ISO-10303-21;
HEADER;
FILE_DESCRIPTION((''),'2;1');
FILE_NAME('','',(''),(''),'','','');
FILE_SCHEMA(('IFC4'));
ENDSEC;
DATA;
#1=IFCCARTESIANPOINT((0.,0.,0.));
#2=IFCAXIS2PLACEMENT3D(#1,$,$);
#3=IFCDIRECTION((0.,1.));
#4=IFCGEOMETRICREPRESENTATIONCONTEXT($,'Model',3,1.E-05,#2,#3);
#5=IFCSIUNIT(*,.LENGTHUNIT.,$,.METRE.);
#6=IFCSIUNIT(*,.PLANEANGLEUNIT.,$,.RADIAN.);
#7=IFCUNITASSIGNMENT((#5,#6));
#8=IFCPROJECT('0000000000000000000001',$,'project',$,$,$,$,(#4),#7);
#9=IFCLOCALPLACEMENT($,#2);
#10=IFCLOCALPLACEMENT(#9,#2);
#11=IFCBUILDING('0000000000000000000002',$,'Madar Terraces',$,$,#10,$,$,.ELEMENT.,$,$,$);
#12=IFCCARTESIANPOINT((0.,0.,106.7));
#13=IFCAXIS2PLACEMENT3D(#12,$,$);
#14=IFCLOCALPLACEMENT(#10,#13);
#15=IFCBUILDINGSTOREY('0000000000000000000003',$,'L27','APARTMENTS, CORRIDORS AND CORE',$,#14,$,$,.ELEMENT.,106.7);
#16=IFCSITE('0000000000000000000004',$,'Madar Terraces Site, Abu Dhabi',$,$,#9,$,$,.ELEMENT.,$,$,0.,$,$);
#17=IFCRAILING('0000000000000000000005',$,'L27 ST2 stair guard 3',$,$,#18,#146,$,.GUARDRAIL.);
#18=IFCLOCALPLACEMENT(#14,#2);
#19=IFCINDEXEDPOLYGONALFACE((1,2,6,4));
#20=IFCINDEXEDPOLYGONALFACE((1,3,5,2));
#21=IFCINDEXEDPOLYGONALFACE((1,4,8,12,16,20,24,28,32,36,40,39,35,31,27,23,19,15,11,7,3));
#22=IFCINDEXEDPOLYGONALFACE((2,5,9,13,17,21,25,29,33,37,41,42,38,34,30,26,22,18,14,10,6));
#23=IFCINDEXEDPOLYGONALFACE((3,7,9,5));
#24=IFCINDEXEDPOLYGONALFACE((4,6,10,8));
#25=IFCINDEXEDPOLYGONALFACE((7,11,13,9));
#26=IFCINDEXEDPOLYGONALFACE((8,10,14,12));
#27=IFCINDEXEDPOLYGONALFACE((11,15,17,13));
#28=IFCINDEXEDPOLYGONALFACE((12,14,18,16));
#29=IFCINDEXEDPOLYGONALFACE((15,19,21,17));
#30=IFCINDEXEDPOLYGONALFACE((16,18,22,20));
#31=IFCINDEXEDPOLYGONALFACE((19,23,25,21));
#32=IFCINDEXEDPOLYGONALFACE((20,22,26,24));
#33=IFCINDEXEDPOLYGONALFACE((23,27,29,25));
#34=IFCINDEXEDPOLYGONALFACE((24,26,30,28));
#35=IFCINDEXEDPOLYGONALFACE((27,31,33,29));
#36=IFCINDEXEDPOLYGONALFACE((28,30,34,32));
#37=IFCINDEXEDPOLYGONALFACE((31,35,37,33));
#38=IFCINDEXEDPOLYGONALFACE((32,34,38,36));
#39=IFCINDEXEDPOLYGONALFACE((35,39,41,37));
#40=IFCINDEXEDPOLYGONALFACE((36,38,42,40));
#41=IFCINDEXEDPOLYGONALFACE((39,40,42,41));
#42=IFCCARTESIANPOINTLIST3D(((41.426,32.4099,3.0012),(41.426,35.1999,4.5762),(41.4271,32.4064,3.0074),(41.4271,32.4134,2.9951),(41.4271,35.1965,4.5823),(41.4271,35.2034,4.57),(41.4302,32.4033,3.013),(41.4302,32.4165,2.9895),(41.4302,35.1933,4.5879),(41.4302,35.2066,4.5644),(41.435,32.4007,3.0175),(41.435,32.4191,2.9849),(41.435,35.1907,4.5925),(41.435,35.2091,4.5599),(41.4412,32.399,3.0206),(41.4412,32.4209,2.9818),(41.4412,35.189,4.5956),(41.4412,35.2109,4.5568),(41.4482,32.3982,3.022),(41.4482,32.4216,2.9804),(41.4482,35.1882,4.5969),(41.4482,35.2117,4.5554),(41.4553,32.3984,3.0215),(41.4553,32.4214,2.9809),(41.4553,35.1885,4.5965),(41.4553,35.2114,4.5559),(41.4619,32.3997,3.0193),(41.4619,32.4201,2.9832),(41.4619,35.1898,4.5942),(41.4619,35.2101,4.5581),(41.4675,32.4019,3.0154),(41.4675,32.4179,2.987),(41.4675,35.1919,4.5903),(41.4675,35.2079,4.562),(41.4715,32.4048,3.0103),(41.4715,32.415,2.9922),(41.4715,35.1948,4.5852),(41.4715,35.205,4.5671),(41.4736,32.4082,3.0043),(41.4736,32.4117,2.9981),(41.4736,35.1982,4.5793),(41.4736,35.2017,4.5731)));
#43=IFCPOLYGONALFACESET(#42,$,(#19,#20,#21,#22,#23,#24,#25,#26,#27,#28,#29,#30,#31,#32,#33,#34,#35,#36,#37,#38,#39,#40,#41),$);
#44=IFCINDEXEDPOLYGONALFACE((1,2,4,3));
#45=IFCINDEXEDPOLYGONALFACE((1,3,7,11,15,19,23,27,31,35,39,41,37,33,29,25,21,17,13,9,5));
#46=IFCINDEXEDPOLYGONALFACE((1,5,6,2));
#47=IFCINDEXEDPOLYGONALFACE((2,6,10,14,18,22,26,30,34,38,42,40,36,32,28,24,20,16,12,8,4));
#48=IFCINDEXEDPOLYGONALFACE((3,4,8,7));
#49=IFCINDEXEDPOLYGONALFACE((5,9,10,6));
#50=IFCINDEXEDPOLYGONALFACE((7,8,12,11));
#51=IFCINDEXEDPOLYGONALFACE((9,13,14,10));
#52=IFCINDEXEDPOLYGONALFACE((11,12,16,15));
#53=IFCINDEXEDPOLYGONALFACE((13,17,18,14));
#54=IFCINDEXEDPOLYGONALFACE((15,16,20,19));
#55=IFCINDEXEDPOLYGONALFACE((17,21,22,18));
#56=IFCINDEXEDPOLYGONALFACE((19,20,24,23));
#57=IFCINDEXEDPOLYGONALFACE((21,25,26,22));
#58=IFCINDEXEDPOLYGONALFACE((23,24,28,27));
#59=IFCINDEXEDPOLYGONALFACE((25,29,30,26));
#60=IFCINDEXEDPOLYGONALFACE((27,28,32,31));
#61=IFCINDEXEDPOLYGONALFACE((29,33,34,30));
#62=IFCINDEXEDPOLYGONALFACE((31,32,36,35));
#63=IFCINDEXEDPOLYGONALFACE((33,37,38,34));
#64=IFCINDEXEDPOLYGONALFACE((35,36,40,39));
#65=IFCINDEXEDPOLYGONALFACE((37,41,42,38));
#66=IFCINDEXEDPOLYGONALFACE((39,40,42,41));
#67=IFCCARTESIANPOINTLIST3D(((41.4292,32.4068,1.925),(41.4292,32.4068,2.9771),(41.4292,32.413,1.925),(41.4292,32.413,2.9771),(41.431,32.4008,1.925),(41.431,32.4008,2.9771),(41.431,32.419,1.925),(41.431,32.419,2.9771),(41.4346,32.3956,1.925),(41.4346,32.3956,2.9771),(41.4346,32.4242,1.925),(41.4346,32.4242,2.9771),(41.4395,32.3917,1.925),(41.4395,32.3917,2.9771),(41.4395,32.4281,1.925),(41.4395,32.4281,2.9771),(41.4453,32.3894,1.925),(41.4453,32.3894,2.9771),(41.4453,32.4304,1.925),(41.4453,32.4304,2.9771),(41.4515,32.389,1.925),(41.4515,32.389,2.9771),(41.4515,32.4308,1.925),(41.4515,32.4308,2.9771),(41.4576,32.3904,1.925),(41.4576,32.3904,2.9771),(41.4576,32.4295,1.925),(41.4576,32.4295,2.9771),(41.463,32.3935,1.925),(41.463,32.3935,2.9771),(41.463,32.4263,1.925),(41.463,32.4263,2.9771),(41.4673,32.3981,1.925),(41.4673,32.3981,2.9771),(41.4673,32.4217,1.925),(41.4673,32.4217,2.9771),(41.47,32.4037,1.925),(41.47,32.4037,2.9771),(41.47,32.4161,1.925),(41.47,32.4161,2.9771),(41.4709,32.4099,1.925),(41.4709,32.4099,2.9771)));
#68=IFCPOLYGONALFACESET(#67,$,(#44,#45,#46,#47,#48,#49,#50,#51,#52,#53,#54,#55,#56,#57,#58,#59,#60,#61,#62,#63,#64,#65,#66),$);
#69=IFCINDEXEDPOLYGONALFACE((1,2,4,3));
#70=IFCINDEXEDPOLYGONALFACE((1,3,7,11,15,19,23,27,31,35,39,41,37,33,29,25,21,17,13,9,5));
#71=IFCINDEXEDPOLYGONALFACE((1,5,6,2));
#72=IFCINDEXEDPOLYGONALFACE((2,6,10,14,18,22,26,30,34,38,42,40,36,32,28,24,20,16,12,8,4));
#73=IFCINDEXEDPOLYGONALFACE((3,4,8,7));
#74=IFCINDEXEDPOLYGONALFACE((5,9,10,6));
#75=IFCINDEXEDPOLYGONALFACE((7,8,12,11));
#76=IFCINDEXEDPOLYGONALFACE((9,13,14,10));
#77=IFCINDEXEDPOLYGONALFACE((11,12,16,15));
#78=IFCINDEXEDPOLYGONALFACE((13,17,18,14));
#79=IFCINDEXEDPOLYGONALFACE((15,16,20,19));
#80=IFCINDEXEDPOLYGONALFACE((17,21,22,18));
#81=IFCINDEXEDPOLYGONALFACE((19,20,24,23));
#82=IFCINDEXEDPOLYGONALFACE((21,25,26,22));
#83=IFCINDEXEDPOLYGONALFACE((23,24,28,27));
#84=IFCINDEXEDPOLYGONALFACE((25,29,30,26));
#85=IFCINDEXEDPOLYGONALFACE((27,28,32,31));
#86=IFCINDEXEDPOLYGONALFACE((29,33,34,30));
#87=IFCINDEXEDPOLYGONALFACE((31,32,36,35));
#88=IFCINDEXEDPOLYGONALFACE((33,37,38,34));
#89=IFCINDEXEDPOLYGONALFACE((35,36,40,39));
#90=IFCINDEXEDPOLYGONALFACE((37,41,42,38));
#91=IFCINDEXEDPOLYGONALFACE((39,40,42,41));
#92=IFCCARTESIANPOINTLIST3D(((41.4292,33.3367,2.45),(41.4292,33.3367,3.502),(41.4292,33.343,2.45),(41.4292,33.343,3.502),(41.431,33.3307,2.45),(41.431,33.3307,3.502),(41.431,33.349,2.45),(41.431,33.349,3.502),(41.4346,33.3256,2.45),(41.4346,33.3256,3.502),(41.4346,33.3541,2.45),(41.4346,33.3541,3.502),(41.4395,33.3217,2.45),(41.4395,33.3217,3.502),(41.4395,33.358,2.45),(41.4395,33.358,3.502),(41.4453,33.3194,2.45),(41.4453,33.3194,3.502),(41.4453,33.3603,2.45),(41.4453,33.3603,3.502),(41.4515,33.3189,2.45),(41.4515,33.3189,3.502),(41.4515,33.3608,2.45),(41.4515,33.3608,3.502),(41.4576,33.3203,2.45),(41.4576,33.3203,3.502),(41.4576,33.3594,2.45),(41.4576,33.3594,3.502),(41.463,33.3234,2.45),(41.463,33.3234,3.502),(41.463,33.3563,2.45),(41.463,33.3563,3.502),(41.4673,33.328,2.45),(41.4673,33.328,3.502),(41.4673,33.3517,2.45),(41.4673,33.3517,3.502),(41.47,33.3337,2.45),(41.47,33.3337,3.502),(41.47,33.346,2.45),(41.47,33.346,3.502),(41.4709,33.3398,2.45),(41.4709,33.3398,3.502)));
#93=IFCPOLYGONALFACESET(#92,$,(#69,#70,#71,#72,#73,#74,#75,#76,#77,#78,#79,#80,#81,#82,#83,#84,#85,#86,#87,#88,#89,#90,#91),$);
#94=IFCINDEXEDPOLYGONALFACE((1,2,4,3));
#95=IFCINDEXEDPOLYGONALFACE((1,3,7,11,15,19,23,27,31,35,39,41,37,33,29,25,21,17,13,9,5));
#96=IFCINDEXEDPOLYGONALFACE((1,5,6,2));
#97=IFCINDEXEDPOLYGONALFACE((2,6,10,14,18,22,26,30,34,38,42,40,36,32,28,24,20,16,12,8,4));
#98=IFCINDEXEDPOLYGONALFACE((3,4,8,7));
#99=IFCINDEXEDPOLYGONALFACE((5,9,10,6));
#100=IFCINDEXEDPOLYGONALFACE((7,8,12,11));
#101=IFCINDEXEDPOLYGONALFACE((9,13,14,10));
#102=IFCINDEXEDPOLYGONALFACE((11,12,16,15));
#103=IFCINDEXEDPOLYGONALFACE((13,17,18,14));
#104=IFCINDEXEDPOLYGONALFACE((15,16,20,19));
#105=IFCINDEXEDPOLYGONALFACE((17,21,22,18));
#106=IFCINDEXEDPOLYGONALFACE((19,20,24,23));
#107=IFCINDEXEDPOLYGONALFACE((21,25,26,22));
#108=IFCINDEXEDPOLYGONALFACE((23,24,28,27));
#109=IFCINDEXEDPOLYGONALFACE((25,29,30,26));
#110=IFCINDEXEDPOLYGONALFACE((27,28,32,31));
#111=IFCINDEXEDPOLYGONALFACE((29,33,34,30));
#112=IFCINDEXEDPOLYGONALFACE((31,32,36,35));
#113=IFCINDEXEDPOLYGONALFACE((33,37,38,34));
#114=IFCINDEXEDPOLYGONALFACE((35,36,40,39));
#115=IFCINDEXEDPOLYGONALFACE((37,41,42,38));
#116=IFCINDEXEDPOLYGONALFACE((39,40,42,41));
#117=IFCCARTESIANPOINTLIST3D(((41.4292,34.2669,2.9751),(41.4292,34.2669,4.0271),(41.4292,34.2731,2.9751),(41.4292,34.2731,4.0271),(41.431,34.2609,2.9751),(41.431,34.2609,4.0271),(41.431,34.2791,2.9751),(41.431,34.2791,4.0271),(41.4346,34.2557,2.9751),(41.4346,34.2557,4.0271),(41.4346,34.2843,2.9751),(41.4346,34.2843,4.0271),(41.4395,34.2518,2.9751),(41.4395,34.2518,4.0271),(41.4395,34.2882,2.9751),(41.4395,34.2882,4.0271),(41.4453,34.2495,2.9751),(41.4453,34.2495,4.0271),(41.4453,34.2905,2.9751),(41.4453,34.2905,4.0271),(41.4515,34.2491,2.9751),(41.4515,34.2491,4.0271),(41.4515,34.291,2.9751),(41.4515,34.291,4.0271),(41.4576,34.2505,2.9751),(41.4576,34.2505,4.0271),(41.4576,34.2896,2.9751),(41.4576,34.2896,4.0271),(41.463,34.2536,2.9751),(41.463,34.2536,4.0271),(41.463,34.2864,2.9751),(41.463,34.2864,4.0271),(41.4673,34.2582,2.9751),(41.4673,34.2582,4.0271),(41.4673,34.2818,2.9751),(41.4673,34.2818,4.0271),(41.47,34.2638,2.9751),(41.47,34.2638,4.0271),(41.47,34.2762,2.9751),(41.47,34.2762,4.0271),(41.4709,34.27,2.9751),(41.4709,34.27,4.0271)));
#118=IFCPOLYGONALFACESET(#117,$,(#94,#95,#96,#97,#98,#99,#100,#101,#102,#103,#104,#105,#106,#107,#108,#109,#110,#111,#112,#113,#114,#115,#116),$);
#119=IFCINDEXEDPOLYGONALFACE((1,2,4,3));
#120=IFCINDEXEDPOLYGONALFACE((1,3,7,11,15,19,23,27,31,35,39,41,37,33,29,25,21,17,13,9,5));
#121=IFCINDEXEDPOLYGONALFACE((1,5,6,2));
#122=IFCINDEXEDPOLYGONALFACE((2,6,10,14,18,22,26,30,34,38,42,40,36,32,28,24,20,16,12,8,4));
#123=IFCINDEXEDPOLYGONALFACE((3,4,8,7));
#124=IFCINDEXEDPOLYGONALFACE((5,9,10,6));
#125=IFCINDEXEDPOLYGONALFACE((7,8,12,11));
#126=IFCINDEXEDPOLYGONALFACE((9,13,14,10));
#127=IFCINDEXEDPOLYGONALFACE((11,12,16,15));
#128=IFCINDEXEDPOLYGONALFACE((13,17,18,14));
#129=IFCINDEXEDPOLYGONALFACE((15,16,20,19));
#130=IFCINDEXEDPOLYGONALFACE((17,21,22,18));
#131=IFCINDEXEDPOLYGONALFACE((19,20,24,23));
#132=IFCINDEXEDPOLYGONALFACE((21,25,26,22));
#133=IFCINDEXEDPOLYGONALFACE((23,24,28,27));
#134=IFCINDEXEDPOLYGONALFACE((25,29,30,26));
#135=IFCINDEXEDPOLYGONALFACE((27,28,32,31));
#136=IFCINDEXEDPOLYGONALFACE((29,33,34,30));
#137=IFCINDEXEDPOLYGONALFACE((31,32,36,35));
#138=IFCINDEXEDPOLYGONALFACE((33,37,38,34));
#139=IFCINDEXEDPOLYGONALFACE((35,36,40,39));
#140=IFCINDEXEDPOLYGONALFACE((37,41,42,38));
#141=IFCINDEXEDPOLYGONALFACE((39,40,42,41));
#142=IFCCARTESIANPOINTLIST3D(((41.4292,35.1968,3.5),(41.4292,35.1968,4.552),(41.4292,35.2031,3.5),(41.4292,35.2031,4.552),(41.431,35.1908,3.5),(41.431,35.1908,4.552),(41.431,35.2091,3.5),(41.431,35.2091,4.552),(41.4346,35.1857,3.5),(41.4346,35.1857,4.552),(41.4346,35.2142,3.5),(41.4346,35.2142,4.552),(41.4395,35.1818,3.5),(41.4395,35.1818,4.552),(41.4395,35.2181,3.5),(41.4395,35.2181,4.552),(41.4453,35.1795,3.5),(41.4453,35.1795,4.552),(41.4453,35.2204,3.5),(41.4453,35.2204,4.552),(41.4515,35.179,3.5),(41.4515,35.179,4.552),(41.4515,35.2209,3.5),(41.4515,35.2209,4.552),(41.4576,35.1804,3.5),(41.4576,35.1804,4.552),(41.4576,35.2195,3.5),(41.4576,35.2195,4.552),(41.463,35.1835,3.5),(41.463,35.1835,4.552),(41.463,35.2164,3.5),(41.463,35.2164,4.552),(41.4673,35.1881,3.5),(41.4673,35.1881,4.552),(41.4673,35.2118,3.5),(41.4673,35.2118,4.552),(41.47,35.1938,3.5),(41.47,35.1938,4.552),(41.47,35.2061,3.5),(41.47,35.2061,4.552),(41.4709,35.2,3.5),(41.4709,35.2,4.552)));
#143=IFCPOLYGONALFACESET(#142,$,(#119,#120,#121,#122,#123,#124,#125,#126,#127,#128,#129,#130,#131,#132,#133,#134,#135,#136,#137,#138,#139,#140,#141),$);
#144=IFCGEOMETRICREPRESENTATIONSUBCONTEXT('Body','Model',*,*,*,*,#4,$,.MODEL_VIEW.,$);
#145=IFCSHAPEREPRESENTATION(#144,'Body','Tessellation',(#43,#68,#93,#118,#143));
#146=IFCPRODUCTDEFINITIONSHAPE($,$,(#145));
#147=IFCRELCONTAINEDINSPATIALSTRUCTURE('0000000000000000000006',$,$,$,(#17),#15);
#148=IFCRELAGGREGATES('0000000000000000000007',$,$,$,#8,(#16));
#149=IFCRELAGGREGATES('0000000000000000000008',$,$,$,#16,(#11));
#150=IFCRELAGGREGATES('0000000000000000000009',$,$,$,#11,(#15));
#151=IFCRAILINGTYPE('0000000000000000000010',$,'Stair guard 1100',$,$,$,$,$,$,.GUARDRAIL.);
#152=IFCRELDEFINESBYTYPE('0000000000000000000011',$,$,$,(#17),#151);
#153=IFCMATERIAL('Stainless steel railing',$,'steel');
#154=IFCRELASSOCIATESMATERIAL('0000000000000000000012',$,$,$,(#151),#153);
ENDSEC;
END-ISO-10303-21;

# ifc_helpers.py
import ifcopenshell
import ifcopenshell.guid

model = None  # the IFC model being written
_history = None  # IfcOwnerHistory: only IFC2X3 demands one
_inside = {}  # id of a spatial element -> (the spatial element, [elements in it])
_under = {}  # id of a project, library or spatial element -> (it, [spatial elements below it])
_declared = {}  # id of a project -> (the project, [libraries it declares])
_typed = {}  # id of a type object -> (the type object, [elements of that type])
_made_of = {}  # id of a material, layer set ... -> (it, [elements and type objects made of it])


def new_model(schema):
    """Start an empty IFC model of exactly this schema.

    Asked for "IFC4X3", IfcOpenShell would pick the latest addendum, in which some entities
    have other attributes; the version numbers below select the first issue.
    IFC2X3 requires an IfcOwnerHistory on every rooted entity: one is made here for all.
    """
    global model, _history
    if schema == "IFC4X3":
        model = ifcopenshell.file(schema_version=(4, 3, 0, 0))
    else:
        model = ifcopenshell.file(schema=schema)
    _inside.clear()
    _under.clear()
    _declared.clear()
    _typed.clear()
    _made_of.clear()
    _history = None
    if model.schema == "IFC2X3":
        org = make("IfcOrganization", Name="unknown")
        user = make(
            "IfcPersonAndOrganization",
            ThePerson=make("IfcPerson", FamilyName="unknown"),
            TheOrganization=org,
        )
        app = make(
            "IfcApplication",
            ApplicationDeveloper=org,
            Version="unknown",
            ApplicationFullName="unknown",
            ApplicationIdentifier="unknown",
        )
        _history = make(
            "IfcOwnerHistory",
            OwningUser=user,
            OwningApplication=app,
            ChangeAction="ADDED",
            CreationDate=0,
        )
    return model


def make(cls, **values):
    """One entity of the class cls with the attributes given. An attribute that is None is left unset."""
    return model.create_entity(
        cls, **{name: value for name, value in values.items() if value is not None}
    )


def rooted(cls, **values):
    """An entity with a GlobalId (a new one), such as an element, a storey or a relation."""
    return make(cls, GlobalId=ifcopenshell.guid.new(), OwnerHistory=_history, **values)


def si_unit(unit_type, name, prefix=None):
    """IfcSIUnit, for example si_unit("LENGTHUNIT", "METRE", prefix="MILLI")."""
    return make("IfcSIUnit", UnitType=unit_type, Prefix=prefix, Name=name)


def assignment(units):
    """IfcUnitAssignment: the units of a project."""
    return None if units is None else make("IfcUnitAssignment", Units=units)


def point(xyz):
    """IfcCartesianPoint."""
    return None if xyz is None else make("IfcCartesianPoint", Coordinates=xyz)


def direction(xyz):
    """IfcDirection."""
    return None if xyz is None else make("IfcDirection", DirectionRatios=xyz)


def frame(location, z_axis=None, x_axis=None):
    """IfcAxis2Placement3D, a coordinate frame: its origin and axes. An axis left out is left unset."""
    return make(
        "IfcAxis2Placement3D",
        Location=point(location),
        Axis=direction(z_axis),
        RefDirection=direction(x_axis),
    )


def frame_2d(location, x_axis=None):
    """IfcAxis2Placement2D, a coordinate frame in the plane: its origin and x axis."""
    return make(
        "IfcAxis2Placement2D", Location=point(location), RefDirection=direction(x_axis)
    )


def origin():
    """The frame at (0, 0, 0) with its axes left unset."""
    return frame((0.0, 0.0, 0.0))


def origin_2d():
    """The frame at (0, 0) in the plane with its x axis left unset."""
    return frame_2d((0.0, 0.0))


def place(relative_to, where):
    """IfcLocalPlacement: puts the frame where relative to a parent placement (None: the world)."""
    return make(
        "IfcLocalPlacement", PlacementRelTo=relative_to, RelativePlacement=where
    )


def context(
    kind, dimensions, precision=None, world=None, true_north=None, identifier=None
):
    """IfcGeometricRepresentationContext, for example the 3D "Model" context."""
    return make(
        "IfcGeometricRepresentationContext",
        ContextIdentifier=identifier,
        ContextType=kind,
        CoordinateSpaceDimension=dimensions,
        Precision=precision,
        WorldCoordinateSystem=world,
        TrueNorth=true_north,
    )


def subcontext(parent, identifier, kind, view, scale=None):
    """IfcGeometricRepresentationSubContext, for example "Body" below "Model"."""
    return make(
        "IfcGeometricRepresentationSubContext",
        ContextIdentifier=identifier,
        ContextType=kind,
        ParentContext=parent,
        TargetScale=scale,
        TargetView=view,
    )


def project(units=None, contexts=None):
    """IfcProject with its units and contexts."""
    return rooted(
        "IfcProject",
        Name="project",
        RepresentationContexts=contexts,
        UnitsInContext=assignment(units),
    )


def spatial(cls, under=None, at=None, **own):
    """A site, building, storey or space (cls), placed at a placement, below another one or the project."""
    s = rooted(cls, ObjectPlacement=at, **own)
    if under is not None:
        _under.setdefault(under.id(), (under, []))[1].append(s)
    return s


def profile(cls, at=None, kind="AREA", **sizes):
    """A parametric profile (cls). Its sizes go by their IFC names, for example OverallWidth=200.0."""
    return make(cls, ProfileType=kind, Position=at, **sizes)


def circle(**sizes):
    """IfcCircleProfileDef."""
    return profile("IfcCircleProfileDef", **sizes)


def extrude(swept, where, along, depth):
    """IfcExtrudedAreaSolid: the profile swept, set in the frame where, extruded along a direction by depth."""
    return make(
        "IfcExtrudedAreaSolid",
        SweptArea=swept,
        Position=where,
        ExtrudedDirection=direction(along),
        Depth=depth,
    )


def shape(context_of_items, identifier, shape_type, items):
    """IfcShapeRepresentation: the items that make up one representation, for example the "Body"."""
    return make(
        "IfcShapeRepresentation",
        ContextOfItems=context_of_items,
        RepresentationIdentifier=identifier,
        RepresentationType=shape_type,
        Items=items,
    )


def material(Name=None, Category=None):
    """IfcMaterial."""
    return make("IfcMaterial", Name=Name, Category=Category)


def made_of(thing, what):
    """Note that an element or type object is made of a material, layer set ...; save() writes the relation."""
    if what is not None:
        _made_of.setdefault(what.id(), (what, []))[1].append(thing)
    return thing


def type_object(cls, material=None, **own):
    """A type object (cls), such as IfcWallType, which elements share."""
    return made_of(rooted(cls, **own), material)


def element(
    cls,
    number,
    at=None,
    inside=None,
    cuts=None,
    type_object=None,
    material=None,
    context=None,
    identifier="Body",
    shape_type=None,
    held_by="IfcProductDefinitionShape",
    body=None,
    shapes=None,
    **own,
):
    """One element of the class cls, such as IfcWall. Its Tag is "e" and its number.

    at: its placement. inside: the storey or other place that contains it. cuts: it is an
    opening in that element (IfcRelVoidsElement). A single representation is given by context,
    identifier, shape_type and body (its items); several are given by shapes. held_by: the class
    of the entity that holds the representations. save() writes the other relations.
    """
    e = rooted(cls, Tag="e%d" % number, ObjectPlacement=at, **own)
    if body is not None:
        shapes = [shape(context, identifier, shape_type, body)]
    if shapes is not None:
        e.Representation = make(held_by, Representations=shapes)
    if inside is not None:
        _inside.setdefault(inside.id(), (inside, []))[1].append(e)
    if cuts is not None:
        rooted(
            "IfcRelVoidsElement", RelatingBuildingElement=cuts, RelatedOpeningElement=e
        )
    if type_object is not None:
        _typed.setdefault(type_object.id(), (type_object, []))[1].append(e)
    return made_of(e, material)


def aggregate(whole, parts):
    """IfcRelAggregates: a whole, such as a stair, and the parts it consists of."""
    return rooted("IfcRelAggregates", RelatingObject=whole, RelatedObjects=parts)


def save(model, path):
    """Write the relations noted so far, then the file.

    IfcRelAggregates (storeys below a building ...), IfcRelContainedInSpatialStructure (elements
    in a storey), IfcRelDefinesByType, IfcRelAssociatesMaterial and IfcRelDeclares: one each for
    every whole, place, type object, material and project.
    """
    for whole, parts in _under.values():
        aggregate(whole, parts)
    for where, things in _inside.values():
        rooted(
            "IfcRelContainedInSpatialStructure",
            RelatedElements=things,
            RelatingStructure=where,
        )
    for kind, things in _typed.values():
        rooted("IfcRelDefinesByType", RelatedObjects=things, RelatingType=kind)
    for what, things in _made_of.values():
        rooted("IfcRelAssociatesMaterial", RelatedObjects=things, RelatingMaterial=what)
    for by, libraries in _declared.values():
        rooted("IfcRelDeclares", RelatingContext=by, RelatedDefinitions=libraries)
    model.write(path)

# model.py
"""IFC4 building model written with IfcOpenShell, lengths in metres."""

from ifc_helpers import new_model, si_unit, direction, frame, origin, origin_2d, place, context, subcontext, project, spatial, circle, extrude, material, type_object, element, save


model = new_model("IFC4")

# Units and contexts
model_context = context("Model", 3, precision=1e-05, world=origin(), true_north=direction((0.0, 1.0)))
body_context = subcontext(model_context, "Body", "Model", "MODEL_VIEW")
ifc_project = project(units=[si_unit("LENGTHUNIT", "METRE"), si_unit("PLANEANGLEUNIT", "RADIAN")], contexts=[model_context])

# Site, building, storey
site_placement = place(None, origin())
site = spatial("IfcSite", under=ifc_project, at=site_placement, Name="Madar Terraces Site, Abu Dhabi", CompositionType="ELEMENT", RefElevation=0.0)
building_placement = place(site_placement, origin())
building = spatial("IfcBuilding", under=site, at=building_placement, Name="Madar Terraces", CompositionType="ELEMENT")
storey_placement = place(building_placement, frame((0.0, 0.0, 106.7)))
storey = spatial("IfcBuildingStorey", under=building, at=storey_placement, Name="L27", Description="APARTMENTS, CORRIDORS AND CORE", CompositionType="ELEMENT", Elevation=106.7)

# Railing
ifc_material_1 = material(Name="Stainless steel railing", Category="steel")
railing_type_1 = type_object("IfcRailingType", Name="Stair guard 1100", PredefinedType="GUARDRAIL", material=ifc_material_1)
railing_1_placement = place(storey_placement, frame((41.45, 32.4099, 1.925)))
element("IfcRailing", 1, at=railing_1_placement, inside=storey, type_object=railing_type_1, Name="L27 ST2 stair guard 3", PredefinedType="GUARDRAIL", context=body_context, shape_type="SweptSolid", body=[
    extrude(circle(Radius=0.0239, at=origin_2d()), frame((0.0, 0.0, 1.0762), z_axis=(0.0, 0.870834, 0.491578), x_axis=(-1.0, 0.0, 0.0)), (0.0, 0.0, 1.0), 3.2039),
    extrude(circle(Radius=0.021, at=origin_2d()), origin(), (0.0, 0.0, 1.0), 1.052),
    extrude(circle(Radius=0.021, at=origin_2d()), frame((0.0, 0.9299, 0.5249)), (0.0, 0.0, 1.0), 1.052),
    extrude(circle(Radius=0.021, at=origin_2d()), frame((0.0, 1.8601, 1.05)), (0.0, 0.0, 1.0), 1.052),
    extrude(circle(Radius=0.021, at=origin_2d()), frame((0.0, 2.79, 1.575)), (0.0, 0.0, 1.0), 1.052),
])

save(model, "model.ifc")
